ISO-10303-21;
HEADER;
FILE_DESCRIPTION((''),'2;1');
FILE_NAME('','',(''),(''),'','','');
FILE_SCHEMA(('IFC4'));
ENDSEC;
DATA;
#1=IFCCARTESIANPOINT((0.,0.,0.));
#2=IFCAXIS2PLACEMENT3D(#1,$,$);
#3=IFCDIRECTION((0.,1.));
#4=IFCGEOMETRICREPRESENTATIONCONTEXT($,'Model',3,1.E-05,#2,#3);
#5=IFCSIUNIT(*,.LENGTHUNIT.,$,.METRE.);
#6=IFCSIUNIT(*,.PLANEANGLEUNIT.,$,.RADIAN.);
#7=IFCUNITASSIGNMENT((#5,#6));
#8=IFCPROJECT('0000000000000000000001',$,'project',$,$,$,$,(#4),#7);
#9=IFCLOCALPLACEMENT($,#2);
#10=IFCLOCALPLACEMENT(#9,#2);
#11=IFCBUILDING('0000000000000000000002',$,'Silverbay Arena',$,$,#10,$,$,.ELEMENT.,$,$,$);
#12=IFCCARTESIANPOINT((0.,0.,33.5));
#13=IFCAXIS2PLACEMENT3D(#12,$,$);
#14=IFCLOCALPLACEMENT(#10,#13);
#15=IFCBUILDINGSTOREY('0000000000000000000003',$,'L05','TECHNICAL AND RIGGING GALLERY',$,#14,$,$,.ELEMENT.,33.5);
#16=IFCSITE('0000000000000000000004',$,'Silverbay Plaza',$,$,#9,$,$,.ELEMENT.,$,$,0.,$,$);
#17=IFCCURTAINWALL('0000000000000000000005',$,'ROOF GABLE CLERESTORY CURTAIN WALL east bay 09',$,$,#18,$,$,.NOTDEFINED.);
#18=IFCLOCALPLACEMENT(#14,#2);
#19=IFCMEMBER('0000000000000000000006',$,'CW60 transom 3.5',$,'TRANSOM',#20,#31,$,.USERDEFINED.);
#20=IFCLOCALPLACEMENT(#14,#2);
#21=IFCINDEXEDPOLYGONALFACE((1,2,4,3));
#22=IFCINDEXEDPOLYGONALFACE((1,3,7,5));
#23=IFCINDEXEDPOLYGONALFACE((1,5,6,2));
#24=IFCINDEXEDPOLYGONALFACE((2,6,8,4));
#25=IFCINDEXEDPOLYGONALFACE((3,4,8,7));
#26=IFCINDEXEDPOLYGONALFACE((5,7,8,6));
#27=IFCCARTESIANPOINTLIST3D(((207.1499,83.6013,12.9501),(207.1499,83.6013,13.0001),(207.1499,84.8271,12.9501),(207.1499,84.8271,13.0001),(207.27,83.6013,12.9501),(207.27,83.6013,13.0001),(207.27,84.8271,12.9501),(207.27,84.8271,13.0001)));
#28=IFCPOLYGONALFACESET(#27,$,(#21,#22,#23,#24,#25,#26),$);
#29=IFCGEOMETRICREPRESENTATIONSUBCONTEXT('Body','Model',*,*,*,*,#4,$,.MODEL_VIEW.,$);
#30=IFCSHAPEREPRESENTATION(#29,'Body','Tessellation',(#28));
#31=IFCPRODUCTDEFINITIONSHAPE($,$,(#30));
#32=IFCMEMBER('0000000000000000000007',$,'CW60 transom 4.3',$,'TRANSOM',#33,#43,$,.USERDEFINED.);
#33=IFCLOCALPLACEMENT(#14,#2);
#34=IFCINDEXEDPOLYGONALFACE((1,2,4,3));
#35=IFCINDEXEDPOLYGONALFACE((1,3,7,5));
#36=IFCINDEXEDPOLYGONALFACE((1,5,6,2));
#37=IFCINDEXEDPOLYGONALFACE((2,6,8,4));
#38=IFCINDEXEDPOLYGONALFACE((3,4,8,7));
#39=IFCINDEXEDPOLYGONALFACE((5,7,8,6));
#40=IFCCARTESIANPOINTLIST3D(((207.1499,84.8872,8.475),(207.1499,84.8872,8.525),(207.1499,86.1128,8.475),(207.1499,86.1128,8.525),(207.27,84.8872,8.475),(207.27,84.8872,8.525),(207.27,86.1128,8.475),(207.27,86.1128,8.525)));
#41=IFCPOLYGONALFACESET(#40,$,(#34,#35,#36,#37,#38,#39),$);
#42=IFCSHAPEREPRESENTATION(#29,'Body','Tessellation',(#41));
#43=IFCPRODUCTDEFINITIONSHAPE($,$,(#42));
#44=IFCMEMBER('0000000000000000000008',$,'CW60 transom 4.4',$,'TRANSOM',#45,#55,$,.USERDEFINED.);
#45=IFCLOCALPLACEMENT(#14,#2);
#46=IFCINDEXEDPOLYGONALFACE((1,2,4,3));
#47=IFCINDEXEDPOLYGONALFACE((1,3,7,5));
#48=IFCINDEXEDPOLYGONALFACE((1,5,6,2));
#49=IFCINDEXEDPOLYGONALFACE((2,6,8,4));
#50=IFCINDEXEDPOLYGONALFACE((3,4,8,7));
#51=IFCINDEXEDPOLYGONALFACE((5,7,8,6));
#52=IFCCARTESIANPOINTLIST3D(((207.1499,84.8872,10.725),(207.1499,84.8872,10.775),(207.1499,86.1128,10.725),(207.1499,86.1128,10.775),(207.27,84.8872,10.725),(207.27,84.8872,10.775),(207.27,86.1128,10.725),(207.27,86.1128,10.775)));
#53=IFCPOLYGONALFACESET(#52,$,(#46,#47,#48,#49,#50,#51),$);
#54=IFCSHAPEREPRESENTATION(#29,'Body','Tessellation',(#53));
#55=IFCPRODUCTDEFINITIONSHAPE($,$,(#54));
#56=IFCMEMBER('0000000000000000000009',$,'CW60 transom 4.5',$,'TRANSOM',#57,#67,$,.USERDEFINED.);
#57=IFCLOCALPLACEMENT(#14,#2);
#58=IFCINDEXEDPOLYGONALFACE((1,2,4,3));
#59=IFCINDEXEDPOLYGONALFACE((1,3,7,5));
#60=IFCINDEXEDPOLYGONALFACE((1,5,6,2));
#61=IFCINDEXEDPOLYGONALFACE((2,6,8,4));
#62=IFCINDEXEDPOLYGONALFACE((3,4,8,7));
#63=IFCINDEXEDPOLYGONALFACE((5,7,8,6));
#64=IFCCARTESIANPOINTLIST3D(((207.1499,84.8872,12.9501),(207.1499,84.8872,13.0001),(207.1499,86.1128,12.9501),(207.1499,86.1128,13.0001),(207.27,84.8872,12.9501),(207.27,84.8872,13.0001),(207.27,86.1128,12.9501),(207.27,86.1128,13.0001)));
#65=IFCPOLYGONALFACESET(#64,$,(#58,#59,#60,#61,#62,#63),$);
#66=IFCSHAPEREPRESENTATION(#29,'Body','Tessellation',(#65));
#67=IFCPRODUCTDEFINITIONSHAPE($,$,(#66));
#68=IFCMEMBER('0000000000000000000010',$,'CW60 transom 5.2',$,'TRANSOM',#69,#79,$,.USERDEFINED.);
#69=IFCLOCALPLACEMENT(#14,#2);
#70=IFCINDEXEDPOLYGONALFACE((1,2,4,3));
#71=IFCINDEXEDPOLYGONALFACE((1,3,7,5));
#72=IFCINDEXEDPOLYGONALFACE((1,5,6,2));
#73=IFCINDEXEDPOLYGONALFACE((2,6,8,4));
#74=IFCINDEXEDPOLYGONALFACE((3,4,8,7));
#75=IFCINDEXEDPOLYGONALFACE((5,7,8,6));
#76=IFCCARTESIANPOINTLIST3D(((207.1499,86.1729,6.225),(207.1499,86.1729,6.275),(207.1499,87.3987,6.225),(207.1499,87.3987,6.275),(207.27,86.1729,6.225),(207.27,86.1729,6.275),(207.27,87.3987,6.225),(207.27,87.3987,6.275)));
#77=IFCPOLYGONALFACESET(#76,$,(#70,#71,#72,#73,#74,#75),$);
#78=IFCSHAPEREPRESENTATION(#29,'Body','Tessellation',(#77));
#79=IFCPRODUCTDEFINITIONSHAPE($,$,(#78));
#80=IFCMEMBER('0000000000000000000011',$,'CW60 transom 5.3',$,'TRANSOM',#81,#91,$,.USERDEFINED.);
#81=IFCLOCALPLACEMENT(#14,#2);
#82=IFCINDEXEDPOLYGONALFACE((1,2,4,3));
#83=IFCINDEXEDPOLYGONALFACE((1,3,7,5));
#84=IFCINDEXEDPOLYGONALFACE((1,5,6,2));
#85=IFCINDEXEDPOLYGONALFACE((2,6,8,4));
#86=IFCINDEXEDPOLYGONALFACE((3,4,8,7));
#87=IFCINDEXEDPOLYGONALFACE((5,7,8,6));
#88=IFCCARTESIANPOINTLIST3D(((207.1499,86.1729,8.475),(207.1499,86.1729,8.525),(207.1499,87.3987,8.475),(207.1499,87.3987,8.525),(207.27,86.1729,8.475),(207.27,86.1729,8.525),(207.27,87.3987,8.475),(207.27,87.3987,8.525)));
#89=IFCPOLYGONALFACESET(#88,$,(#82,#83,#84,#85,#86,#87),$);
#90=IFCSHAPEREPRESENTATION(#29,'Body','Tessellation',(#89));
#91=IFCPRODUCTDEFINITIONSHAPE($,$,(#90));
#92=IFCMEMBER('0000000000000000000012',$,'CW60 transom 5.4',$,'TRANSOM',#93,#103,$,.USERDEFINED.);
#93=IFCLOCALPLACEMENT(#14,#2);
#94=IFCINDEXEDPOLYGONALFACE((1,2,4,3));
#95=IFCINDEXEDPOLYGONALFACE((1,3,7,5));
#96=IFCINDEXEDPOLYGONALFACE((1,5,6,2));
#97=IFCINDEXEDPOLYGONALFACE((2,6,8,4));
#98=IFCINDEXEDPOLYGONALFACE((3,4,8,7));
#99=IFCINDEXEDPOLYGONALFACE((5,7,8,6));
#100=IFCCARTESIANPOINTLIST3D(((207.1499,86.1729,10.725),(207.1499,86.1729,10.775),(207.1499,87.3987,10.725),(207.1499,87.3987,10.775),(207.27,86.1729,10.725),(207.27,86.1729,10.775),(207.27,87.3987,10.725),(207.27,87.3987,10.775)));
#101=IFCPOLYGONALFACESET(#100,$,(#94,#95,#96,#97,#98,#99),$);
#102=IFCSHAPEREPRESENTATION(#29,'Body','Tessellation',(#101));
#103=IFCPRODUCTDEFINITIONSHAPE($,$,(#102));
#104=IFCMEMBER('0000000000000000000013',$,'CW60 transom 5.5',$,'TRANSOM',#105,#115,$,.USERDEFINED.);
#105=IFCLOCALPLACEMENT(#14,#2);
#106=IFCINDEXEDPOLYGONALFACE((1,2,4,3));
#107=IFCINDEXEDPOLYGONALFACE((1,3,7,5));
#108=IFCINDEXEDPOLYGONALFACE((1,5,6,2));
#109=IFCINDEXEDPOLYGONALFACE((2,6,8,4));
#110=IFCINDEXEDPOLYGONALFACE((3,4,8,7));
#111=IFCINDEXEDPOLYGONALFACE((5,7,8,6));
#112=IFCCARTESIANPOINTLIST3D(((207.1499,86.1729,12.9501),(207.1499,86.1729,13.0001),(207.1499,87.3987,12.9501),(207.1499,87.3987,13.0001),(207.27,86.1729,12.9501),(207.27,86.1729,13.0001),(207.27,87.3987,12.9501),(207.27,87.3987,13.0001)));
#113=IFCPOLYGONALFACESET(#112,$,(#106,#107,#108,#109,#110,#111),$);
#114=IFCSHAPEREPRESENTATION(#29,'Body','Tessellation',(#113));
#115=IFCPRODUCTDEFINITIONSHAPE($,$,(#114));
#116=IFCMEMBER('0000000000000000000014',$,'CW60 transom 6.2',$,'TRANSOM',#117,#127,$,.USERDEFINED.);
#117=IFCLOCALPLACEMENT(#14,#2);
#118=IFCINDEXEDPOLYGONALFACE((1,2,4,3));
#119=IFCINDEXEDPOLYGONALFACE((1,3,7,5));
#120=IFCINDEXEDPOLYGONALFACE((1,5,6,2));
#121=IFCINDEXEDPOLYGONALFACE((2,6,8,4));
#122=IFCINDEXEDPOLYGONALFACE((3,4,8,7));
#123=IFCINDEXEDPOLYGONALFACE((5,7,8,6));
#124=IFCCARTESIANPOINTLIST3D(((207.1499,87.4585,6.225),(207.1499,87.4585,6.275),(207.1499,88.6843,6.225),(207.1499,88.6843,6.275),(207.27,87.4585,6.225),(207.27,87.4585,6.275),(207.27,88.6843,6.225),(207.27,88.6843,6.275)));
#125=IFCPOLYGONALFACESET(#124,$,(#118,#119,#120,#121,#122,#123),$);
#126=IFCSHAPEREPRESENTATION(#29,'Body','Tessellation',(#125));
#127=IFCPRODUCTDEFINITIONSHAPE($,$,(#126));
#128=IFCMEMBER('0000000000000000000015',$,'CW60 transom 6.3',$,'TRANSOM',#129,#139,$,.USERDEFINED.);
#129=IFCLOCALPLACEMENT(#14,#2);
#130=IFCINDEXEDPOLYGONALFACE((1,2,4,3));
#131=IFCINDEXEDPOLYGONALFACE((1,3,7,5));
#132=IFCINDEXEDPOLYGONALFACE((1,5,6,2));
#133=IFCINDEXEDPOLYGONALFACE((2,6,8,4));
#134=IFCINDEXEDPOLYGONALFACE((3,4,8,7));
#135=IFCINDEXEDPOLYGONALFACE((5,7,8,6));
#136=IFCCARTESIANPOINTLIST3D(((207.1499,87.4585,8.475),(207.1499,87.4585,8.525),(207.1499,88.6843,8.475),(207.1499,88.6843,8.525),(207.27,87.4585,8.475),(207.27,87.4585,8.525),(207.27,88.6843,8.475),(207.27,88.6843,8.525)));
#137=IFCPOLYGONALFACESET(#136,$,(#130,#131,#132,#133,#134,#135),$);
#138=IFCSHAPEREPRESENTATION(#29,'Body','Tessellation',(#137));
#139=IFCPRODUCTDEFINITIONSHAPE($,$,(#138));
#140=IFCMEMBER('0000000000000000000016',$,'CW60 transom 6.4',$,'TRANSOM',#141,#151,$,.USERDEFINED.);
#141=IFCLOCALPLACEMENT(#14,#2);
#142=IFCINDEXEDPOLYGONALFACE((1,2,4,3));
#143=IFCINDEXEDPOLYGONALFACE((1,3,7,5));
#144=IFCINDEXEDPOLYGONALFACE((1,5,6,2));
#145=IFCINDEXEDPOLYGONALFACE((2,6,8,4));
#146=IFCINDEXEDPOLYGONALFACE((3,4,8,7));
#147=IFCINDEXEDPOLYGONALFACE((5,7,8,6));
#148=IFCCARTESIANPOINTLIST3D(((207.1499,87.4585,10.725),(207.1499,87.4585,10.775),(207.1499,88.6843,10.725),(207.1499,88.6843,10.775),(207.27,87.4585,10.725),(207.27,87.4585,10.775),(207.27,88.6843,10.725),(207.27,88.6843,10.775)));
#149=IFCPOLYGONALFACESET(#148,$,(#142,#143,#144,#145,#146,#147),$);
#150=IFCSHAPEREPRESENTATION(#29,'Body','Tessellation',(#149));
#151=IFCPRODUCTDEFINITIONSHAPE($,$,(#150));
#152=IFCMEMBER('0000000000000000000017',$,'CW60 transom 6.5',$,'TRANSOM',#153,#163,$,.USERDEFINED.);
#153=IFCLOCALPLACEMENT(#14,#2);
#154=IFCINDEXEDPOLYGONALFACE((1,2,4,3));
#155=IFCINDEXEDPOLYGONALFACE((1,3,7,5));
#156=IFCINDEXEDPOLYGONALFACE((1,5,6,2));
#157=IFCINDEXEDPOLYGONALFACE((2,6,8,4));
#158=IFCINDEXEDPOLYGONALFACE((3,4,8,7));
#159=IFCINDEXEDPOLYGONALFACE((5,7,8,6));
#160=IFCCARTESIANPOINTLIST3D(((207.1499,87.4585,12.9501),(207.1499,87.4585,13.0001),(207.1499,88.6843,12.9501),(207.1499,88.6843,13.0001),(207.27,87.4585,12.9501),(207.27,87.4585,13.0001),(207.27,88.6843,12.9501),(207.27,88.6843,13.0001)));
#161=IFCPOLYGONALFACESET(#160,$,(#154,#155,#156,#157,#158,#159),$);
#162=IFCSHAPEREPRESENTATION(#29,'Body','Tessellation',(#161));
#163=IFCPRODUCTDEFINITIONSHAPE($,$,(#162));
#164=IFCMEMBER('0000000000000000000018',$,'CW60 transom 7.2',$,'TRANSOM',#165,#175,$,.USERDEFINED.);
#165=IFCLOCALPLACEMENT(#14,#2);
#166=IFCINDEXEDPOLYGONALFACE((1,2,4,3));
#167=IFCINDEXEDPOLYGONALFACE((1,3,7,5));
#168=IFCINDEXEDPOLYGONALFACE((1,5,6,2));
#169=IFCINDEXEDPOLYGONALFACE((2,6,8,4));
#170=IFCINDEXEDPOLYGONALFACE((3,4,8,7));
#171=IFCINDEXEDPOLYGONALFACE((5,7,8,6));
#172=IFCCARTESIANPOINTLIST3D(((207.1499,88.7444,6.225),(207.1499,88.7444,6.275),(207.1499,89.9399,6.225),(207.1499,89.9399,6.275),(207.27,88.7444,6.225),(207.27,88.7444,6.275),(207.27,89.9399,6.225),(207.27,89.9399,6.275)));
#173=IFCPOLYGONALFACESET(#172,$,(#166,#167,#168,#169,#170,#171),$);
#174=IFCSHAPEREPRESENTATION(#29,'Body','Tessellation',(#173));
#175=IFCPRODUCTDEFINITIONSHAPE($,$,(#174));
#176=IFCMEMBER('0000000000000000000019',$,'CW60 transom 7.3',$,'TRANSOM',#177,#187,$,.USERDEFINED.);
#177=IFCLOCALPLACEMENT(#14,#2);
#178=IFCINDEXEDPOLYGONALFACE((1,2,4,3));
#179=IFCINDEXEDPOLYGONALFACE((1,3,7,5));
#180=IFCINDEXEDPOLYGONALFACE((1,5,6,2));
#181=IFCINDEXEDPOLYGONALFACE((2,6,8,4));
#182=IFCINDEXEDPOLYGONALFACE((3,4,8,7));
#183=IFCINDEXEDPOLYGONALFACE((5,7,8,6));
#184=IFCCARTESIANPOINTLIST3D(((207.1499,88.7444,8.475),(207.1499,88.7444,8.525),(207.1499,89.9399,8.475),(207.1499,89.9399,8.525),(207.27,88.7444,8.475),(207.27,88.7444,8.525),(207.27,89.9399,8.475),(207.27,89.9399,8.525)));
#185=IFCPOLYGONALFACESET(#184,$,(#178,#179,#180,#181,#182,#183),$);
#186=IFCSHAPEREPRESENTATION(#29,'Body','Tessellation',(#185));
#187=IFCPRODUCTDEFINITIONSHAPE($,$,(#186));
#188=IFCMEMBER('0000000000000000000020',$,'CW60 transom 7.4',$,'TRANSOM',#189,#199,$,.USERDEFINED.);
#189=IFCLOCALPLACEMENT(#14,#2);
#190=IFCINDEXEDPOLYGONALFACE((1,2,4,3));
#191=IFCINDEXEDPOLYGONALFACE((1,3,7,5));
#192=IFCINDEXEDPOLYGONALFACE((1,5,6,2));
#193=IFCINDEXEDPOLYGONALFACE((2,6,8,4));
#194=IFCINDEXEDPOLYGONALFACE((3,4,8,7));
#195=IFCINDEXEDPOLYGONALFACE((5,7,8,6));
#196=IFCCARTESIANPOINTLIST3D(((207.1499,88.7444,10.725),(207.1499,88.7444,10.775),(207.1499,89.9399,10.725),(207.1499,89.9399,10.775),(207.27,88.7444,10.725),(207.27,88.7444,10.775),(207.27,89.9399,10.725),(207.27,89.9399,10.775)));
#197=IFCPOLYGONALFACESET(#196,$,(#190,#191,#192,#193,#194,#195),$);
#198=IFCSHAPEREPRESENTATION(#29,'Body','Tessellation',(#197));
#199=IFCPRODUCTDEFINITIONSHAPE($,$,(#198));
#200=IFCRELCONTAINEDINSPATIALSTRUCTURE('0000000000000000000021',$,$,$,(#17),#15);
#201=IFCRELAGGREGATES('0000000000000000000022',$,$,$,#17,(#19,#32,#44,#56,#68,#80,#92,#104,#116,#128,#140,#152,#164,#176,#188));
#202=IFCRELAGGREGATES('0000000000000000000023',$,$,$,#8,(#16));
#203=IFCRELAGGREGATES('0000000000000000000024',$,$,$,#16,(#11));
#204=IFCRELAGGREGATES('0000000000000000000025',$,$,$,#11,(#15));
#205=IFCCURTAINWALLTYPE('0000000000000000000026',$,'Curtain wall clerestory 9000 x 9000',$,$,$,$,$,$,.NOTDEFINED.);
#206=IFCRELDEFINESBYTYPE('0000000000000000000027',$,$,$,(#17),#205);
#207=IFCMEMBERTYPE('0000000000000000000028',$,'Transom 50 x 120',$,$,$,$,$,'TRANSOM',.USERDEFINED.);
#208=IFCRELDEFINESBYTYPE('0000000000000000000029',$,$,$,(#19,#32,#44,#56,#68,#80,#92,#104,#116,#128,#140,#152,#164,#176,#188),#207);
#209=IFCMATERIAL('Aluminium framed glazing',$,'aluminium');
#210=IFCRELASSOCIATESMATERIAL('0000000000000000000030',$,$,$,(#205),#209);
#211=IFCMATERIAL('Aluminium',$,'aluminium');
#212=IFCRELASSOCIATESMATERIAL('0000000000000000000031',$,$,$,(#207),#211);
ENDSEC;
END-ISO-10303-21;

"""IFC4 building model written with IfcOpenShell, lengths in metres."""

from ifc_helpers import new_model, si_unit, direction, frame, origin, origin_2d, place, context, subcontext, project, spatial, rectangle, extrude, material, material_profile, profile_set, type_object, element, aggregate, save


model = new_model("IFC4")

# Units and contexts
model_context = context("Model", 3, precision=1e-05, world=origin(), true_north=direction((0.0, 1.0)))
body_context = subcontext(model_context, "Body", "Model", "MODEL_VIEW")
ifc_project = project(units=[si_unit("LENGTHUNIT", "METRE"), si_unit("PLANEANGLEUNIT", "RADIAN")], contexts=[model_context])

# Site, building, storey
site_placement = place(None, origin())
site = spatial("IfcSite", under=ifc_project, at=site_placement, Name="Silverbay Plaza", CompositionType="ELEMENT", RefElevation=0.0)
building_placement = place(site_placement, origin())
building = spatial("IfcBuilding", under=site, at=building_placement, Name="Silverbay Arena", CompositionType="ELEMENT")
storey_placement = place(building_placement, frame((0.0, 0.0, 33.5)))
storey = spatial("IfcBuildingStorey", under=building, at=storey_placement, Name="L05", Description="TECHNICAL AND RIGGING GALLERY", CompositionType="ELEMENT", Elevation=33.5)

# Curtain wall, members
ifc_material_1 = material(Name="Aluminium framed glazing", Category="aluminium")
curtain_wall_type = type_object("IfcCurtainWallType", Name="Curtain wall clerestory 9000 x 9000", PredefinedType="NOTDEFINED", material=ifc_material_1)
curtain_wall_1_placement = place(storey_placement, origin())
curtain_wall_1 = element("IfcCurtainWall", 1, at=curtain_wall_1_placement, inside=storey, type_object=curtain_wall_type, Name="ROOF GABLE CLERESTORY CURTAIN WALL east bay 09", PredefinedType="NOTDEFINED")
ifc_material_2 = material(Name="Aluminium", Category="aluminium")
ifc_material_profile_1 = material_profile(ifc_material_2, rectangle(XDim=0.1201, YDim=0.05, at=origin_2d()), Name="Transom 50 x 120")
ifc_profile_set_1 = profile_set([ifc_material_profile_1], Name="Aluminium")
member_type_1 = type_object("IfcMemberType", Name="Transom 50 x 120", ElementType="TRANSOM", PredefinedType="USERDEFINED", material=ifc_profile_set_1)
member_1_placement = place(storey_placement, frame((207.21, 83.6013, 12.9751), z_axis=(0.0, 1.0, 0.0), x_axis=(-1.0, 0.0, 0.0)))
member_1 = element("IfcMember", 2, at=member_1_placement, type_object=member_type_1, Name="CW60 transom 3.5", ObjectType="TRANSOM", PredefinedType="USERDEFINED", context=body_context, shape_type="SweptSolid", body=[
    extrude(rectangle(XDim=0.1201, YDim=0.05, at=origin_2d()), origin(), (0.0, 0.0, 1.0), 1.2258),
])
member_2_placement = place(storey_placement, frame((207.21, 84.8872, 8.5), z_axis=(0.0, 1.0, 0.0), x_axis=(-1.0, 0.0, 0.0)))
member_2 = element("IfcMember", 3, at=member_2_placement, type_object=member_type_1, Name="CW60 transom 4.3", ObjectType="TRANSOM", PredefinedType="USERDEFINED", context=body_context, shape_type="SweptSolid", body=[
    extrude(rectangle(XDim=0.1201, YDim=0.05, at=origin_2d()), origin(), (0.0, 0.0, 1.0), 1.2256),
])
member_3_placement = place(storey_placement, frame((207.21, 84.8872, 10.75), z_axis=(0.0, 1.0, 0.0), x_axis=(-1.0, 0.0, 0.0)))
member_3 = element("IfcMember", 4, at=member_3_placement, type_object=member_type_1, Name="CW60 transom 4.4", ObjectType="TRANSOM", PredefinedType="USERDEFINED", context=body_context, shape_type="SweptSolid", body=[
    extrude(rectangle(XDim=0.1201, YDim=0.05, at=origin_2d()), origin(), (0.0, 0.0, 1.0), 1.2256),
])
member_4_placement = place(storey_placement, frame((207.21, 84.8872, 12.9751), z_axis=(0.0, 1.0, 0.0), x_axis=(-1.0, 0.0, 0.0)))
member_4 = element("IfcMember", 5, at=member_4_placement, type_object=member_type_1, Name="CW60 transom 4.5", ObjectType="TRANSOM", PredefinedType="USERDEFINED", context=body_context, shape_type="SweptSolid", body=[
    extrude(rectangle(XDim=0.1201, YDim=0.05, at=origin_2d()), origin(), (0.0, 0.0, 1.0), 1.2256),
])
member_5_placement = place(storey_placement, frame((207.21, 86.1729, 6.25), z_axis=(0.0, 1.0, 0.0), x_axis=(-1.0, 0.0, 0.0)))
member_5 = element("IfcMember", 6, at=member_5_placement, type_object=member_type_1, Name="CW60 transom 5.2", ObjectType="TRANSOM", PredefinedType="USERDEFINED", context=body_context, shape_type="SweptSolid", body=[
    extrude(rectangle(XDim=0.1201, YDim=0.05, at=origin_2d()), origin(), (0.0, 0.0, 1.0), 1.2258),
])
member_6_placement = place(storey_placement, frame((207.21, 86.1729, 8.5), z_axis=(0.0, 1.0, 0.0), x_axis=(-1.0, 0.0, 0.0)))
member_6 = element("IfcMember", 7, at=member_6_placement, type_object=member_type_1, Name="CW60 transom 5.3", ObjectType="TRANSOM", PredefinedType="USERDEFINED", context=body_context, shape_type="SweptSolid", body=[
    extrude(rectangle(XDim=0.1201, YDim=0.05, at=origin_2d()), origin(), (0.0, 0.0, 1.0), 1.2258),
])
member_7_placement = place(storey_placement, frame((207.21, 86.1729, 10.75), z_axis=(0.0, 1.0, 0.0), x_axis=(-1.0, 0.0, 0.0)))
member_7 = element("IfcMember", 8, at=member_7_placement, type_object=member_type_1, Name="CW60 transom 5.4", ObjectType="TRANSOM", PredefinedType="USERDEFINED", context=body_context, shape_type="SweptSolid", body=[
    extrude(rectangle(XDim=0.1201, YDim=0.05, at=origin_2d()), origin(), (0.0, 0.0, 1.0), 1.2258),
])
member_8_placement = place(storey_placement, frame((207.21, 86.1729, 12.9751), z_axis=(0.0, 1.0, 0.0), x_axis=(-1.0, 0.0, 0.0)))
member_8 = element("IfcMember", 9, at=member_8_placement, type_object=member_type_1, Name="CW60 transom 5.5", ObjectType="TRANSOM", PredefinedType="USERDEFINED", context=body_context, shape_type="SweptSolid", body=[
    extrude(rectangle(XDim=0.1201, YDim=0.05, at=origin_2d()), origin(), (0.0, 0.0, 1.0), 1.2258),
])
member_9_placement = place(storey_placement, frame((207.21, 87.4585, 6.25), z_axis=(0.0, 1.0, 0.0), x_axis=(-1.0, 0.0, 0.0)))
member_9 = element("IfcMember", 10, at=member_9_placement, type_object=member_type_1, Name="CW60 transom 6.2", ObjectType="TRANSOM", PredefinedType="USERDEFINED", context=body_context, shape_type="SweptSolid", body=[
    extrude(rectangle(XDim=0.1201, YDim=0.05, at=origin_2d()), origin(), (0.0, 0.0, 1.0), 1.2258),
])
member_10_placement = place(storey_placement, frame((207.21, 87.4585, 8.5), z_axis=(0.0, 1.0, 0.0), x_axis=(-1.0, 0.0, 0.0)))
member_10 = element("IfcMember", 11, at=member_10_placement, type_object=member_type_1, Name="CW60 transom 6.3", ObjectType="TRANSOM", PredefinedType="USERDEFINED", context=body_context, shape_type="SweptSolid", body=[
    extrude(rectangle(XDim=0.1201, YDim=0.05, at=origin_2d()), origin(), (0.0, 0.0, 1.0), 1.2258),
])
member_11_placement = place(storey_placement, frame((207.21, 87.4585, 10.75), z_axis=(0.0, 1.0, 0.0), x_axis=(-1.0, 0.0, 0.0)))
member_11 = element("IfcMember", 12, at=member_11_placement, type_object=member_type_1, Name="CW60 transom 6.4", ObjectType="TRANSOM", PredefinedType="USERDEFINED", context=body_context, shape_type="SweptSolid", body=[
    extrude(rectangle(XDim=0.1201, YDim=0.05, at=origin_2d()), origin(), (0.0, 0.0, 1.0), 1.2258),
])
member_12_placement = place(storey_placement, frame((207.21, 87.4585, 12.9751), z_axis=(0.0, 1.0, 0.0), x_axis=(-1.0, 0.0, 0.0)))
member_12 = element("IfcMember", 13, at=member_12_placement, type_object=member_type_1, Name="CW60 transom 6.5", ObjectType="TRANSOM", PredefinedType="USERDEFINED", context=body_context, shape_type="SweptSolid", body=[
    extrude(rectangle(XDim=0.1201, YDim=0.05, at=origin_2d()), origin(), (0.0, 0.0, 1.0), 1.2258),
])
member_13_placement = place(storey_placement, frame((207.21, 88.7444, 6.25), z_axis=(0.0, 1.0, 0.0), x_axis=(-1.0, 0.0, 0.0)))
member_13 = element("IfcMember", 14, at=member_13_placement, type_object=member_type_1, Name="CW60 transom 7.2", ObjectType="TRANSOM", PredefinedType="USERDEFINED", context=body_context, shape_type="SweptSolid", body=[
    extrude(rectangle(XDim=0.1201, YDim=0.05, at=origin_2d()), origin(), (0.0, 0.0, 1.0), 1.1956),
])
member_14_placement = place(storey_placement, frame((207.21, 88.7444, 8.5), z_axis=(0.0, 1.0, 0.0), x_axis=(-1.0, 0.0, 0.0)))
member_14 = element("IfcMember", 15, at=member_14_placement, type_object=member_type_1, Name="CW60 transom 7.3", ObjectType="TRANSOM", PredefinedType="USERDEFINED", context=body_context, shape_type="SweptSolid", body=[
    extrude(rectangle(XDim=0.1201, YDim=0.05, at=origin_2d()), origin(), (0.0, 0.0, 1.0), 1.1956),
])
member_15_placement = place(storey_placement, frame((207.21, 88.7444, 10.75), z_axis=(0.0, 1.0, 0.0), x_axis=(-1.0, 0.0, 0.0)))
member_15 = element("IfcMember", 16, at=member_15_placement, type_object=member_type_1, Name="CW60 transom 7.4", ObjectType="TRANSOM", PredefinedType="USERDEFINED", context=body_context, shape_type="SweptSolid", body=[
    extrude(rectangle(XDim=0.1201, YDim=0.05, at=origin_2d()), origin(), (0.0, 0.0, 1.0), 1.1956),
])
aggregate(curtain_wall_1, [member_1, member_2, member_3, member_4, member_5, member_6, member_7, member_8, member_9, member_10, member_11, member_12, member_13, member_14, member_15])

save(model, "model.ifc")
